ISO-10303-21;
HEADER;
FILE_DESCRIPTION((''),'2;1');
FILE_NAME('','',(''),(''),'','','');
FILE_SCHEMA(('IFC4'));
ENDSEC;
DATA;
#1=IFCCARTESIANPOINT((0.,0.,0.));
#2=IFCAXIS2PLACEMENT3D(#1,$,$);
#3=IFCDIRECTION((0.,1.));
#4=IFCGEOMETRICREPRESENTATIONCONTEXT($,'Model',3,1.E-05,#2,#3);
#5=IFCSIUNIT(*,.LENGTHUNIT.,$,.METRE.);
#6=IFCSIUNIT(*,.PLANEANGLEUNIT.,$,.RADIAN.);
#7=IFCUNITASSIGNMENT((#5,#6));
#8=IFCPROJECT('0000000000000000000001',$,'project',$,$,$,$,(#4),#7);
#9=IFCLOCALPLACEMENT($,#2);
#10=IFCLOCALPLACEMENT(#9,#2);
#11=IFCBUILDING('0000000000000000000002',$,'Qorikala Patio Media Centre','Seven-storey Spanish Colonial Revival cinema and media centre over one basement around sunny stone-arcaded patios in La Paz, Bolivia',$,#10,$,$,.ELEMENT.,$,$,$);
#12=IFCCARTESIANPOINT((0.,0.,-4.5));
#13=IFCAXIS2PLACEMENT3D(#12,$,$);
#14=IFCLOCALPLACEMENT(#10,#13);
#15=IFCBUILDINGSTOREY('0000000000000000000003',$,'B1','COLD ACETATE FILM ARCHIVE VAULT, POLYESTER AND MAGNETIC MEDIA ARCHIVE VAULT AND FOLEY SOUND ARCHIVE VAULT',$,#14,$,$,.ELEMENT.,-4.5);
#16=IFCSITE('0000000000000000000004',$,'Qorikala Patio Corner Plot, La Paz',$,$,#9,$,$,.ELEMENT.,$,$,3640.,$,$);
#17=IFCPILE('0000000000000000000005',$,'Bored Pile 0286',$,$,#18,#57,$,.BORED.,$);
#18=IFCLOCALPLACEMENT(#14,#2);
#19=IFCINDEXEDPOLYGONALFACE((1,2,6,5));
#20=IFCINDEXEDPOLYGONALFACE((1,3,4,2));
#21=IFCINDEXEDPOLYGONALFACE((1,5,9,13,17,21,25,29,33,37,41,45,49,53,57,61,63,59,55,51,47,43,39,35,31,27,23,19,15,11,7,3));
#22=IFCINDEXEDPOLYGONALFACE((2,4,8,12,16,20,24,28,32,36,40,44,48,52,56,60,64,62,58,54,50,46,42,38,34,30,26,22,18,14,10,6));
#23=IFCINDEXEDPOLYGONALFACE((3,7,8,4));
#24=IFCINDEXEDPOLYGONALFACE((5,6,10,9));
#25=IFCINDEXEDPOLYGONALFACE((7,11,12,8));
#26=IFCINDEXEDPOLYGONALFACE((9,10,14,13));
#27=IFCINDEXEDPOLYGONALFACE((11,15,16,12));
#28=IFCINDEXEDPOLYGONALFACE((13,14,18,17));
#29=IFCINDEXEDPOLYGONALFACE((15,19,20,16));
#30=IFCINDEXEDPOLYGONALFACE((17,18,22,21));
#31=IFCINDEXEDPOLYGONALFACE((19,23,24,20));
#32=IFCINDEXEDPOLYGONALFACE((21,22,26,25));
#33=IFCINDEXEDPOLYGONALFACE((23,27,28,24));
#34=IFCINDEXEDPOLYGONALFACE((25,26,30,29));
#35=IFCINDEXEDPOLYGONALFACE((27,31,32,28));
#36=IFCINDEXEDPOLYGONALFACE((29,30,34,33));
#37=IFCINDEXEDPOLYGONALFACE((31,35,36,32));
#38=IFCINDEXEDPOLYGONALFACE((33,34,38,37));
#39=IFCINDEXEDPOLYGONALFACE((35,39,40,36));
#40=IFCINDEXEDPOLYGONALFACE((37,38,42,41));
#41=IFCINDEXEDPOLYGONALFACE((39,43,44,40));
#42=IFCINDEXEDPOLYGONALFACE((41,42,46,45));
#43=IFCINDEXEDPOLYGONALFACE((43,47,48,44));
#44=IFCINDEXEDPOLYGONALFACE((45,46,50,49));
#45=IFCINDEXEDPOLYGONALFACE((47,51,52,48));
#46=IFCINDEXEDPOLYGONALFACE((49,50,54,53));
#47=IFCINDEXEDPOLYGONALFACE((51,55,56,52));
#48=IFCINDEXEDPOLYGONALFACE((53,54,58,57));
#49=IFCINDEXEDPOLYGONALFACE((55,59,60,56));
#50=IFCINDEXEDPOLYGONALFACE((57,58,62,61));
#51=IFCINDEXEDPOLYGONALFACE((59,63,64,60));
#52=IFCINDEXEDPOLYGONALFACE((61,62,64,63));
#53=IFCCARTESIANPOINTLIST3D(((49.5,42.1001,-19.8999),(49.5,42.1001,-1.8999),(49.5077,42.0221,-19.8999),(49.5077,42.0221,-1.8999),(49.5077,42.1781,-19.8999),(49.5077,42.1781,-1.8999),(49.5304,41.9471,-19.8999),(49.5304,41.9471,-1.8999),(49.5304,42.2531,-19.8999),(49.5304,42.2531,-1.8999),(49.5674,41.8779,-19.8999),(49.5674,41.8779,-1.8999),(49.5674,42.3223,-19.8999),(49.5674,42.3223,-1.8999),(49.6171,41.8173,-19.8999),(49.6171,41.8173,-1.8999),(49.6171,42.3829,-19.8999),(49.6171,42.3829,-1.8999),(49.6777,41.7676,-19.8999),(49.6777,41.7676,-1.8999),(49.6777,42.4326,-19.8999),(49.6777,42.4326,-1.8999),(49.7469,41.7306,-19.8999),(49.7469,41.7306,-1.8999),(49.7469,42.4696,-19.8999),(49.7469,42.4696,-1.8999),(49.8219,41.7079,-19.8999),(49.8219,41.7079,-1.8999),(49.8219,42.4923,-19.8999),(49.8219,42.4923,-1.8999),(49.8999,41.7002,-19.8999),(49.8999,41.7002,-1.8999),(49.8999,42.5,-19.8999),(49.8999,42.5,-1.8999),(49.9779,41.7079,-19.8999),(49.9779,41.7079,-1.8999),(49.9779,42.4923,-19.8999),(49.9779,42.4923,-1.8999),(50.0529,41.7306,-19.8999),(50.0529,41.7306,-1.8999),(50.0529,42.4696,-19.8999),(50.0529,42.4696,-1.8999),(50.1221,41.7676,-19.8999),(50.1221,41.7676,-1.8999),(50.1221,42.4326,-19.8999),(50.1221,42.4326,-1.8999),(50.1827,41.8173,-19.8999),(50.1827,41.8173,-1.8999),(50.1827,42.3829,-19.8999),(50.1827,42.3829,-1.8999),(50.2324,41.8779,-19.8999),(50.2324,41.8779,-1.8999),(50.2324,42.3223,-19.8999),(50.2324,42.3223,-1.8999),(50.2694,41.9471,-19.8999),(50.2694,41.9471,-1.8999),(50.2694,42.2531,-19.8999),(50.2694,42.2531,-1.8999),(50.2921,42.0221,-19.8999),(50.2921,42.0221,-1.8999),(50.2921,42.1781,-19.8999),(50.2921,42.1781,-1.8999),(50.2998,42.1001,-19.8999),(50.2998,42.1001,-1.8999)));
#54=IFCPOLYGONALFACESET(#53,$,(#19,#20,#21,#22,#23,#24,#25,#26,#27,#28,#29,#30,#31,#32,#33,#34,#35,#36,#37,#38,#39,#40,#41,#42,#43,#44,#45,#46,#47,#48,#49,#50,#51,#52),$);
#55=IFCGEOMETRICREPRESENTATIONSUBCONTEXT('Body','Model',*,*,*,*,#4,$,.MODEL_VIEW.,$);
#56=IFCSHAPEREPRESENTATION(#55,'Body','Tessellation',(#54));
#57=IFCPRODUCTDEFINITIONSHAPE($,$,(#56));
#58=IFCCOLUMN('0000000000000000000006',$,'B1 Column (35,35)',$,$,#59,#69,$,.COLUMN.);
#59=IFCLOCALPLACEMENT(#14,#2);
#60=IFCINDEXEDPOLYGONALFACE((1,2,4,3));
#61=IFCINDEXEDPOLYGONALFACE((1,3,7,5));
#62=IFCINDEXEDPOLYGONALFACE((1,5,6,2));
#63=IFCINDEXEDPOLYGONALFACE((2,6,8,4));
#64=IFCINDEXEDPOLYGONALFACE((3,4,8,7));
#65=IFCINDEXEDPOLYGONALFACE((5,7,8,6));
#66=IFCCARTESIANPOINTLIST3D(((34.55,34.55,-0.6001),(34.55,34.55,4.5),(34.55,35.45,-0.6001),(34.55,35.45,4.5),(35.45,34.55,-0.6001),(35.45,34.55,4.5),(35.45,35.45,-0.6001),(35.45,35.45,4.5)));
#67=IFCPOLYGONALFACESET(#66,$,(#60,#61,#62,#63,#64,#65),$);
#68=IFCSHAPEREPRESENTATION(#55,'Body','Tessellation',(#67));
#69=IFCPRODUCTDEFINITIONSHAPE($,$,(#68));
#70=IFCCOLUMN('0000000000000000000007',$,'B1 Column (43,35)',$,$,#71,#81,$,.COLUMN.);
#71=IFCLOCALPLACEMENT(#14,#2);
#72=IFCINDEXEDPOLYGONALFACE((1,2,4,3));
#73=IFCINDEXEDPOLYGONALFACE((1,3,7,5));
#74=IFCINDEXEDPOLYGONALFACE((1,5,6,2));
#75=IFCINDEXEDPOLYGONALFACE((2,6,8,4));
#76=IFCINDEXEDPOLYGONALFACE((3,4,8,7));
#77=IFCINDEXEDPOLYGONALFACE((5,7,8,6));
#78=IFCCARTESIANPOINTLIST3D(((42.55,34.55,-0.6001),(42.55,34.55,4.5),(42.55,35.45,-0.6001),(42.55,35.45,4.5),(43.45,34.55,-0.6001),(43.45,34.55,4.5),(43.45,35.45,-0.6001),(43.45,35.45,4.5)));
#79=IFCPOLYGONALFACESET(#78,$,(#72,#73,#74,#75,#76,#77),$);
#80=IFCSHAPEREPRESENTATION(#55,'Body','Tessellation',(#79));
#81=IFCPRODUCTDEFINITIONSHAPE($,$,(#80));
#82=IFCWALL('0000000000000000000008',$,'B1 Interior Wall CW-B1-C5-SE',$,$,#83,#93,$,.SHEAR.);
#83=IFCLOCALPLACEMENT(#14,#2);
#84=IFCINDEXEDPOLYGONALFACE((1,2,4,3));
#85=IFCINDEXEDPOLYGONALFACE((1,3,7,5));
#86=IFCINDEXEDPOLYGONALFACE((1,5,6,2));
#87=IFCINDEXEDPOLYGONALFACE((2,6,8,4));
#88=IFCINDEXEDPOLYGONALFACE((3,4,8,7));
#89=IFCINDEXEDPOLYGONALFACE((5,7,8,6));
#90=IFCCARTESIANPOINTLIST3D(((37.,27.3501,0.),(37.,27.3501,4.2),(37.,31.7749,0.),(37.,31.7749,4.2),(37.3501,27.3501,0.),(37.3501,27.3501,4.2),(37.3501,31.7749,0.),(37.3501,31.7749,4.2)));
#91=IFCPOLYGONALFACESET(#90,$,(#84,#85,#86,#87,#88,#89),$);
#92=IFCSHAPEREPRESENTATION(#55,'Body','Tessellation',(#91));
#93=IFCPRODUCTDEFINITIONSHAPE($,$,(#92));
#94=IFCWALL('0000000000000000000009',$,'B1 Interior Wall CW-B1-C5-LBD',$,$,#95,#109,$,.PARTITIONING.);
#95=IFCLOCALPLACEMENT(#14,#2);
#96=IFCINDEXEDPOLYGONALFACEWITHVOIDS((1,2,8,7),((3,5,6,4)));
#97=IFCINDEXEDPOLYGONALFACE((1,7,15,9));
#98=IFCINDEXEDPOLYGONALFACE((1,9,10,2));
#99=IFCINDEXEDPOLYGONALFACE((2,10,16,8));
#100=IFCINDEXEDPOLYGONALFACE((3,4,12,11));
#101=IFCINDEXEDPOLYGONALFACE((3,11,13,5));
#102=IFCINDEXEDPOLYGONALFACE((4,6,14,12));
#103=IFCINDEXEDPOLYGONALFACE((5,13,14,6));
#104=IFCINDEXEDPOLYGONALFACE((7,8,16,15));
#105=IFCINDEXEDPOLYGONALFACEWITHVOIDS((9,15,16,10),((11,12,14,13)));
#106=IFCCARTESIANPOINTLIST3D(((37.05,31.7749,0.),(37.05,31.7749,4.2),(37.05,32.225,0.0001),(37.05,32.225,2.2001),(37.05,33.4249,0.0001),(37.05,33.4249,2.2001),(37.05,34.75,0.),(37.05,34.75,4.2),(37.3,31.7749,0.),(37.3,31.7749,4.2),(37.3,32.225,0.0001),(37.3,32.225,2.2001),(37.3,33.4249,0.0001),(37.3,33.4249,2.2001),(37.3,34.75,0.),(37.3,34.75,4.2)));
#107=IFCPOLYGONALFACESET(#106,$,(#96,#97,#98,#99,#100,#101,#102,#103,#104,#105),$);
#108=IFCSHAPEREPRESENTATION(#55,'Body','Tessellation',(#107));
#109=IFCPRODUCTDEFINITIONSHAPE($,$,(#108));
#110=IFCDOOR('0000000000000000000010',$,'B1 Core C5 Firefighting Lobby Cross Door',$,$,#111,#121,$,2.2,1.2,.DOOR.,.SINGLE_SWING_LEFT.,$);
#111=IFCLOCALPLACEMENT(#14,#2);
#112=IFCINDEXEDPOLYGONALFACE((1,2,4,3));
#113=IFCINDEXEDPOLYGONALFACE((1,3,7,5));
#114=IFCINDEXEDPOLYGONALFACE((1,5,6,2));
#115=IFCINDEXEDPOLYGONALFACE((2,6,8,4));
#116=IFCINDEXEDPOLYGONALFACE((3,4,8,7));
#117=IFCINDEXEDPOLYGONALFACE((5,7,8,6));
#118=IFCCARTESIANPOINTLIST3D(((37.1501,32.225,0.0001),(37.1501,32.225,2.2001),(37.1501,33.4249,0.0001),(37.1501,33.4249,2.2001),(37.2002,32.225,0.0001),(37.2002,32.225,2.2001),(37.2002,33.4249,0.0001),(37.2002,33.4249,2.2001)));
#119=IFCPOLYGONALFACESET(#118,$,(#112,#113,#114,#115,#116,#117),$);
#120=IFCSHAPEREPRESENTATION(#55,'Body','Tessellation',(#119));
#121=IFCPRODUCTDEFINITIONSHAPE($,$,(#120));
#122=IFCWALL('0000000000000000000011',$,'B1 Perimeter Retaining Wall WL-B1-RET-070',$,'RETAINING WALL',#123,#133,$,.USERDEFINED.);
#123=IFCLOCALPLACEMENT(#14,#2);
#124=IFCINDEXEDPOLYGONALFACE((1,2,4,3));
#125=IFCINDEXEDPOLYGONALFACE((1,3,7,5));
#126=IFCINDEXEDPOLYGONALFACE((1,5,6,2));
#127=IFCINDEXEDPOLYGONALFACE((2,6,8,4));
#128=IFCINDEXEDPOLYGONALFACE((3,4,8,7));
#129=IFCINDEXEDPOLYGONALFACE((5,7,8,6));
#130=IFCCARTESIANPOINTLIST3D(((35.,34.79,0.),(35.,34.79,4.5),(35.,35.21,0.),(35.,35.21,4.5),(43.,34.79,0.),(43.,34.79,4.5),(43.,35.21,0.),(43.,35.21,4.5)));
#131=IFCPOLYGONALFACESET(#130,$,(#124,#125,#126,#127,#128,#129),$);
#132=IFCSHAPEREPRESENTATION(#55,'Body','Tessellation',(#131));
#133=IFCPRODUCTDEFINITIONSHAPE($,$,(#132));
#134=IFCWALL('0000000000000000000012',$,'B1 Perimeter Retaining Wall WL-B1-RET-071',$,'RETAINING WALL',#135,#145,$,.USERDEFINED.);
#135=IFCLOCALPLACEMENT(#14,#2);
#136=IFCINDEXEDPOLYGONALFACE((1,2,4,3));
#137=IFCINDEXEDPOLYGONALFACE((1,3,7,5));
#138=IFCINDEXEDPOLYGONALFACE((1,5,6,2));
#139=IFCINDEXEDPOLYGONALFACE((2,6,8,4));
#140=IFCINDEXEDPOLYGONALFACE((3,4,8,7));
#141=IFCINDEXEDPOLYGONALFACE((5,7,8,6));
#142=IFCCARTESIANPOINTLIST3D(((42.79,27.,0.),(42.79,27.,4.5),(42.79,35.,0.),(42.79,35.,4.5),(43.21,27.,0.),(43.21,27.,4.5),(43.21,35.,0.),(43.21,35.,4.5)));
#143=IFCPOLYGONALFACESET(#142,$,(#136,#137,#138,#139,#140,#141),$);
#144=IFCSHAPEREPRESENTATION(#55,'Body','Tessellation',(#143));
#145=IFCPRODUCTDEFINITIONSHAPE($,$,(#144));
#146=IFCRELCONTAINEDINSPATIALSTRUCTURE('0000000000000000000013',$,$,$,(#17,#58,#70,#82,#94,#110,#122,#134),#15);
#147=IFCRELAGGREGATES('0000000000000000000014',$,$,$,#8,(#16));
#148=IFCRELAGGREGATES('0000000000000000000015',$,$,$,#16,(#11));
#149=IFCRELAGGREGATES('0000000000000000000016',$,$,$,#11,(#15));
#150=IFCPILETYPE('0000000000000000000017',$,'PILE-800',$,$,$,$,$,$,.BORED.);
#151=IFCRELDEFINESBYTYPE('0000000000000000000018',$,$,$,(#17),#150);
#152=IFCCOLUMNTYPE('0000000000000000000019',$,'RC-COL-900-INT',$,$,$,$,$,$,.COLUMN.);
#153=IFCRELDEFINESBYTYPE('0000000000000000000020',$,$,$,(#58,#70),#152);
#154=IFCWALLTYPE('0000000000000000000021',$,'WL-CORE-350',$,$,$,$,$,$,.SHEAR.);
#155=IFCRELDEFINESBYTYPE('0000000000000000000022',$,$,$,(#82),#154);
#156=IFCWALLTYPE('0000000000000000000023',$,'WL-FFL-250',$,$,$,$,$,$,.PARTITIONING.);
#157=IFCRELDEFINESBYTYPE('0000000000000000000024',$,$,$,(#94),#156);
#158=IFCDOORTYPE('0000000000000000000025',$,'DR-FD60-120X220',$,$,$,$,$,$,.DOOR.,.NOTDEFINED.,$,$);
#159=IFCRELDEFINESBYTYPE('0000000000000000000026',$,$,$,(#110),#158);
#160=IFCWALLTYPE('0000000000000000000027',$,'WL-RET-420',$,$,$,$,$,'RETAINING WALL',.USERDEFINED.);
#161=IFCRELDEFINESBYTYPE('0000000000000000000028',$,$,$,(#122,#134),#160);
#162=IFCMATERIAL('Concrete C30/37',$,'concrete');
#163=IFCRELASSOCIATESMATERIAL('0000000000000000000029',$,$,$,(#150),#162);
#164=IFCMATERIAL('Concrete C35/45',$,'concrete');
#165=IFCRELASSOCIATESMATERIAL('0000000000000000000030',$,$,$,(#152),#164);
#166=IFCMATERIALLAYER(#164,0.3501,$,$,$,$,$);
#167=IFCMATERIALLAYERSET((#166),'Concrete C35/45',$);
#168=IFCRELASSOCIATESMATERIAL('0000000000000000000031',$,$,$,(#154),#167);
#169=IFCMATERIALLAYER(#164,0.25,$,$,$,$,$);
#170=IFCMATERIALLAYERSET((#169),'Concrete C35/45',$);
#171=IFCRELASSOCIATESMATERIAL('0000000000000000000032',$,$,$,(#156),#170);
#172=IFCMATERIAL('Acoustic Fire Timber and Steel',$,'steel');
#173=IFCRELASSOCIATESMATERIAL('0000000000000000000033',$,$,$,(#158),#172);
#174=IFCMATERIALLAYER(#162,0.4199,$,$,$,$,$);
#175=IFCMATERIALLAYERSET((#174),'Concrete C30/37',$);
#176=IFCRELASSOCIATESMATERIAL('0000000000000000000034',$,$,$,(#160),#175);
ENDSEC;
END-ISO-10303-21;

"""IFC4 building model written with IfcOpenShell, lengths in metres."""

from ifc_helpers import new_model, si_unit, direction, frame, frame_2d, origin, origin_2d, place, context, subcontext, project, spatial, rectangle, circle, extrude, material, layer, layer_set, material_profile, profile_set, type_object, element, fill, save


model = new_model("IFC4")

# Units and contexts
model_context = context("Model", 3, precision=1e-05, world=origin(), true_north=direction((0.0, 1.0)))
body_context = subcontext(model_context, "Body", "Model", "MODEL_VIEW")
ifc_project = project(units=[si_unit("LENGTHUNIT", "METRE"), si_unit("PLANEANGLEUNIT", "RADIAN")], contexts=[model_context])

# Site, building, storey
site_placement = place(None, origin())
site = spatial("IfcSite", under=ifc_project, at=site_placement, Name="Qorikala Patio Corner Plot, La Paz", CompositionType="ELEMENT", RefElevation=3640.0)
building_placement = place(site_placement, origin())
building = spatial("IfcBuilding", under=site, at=building_placement, Name="Qorikala Patio Media Centre", Description="Seven-storey Spanish Colonial Revival cinema and media centre over one basement around sunny stone-arcaded patios in La Paz, Bolivia", CompositionType="ELEMENT")
storey_placement = place(building_placement, frame((0.0, 0.0, -4.5)))
storey = spatial("IfcBuildingStorey", under=building, at=storey_placement, Name="B1", Description="COLD ACETATE FILM ARCHIVE VAULT, POLYESTER AND MAGNETIC MEDIA ARCHIVE VAULT AND FOLEY SOUND ARCHIVE VAULT", CompositionType="ELEMENT", Elevation=-4.5)

# Shared definitions
ifc_material_1 = material(Name="Concrete C30/37", Category="concrete")

# Pile
ifc_material_profile_1 = material_profile(ifc_material_1, circle(Radius=0.3999, at=origin_2d()), Name="BORED PILE 800")
ifc_profile_set_1 = profile_set([ifc_material_profile_1], Name="Concrete C30/37")
pile_type_1 = type_object("IfcPileType", Name="PILE-800", PredefinedType="BORED", material=ifc_profile_set_1)
for number, where, z_axis, x_axis, name in (
    (1, (49.8999, 42.1001, -1.8999), (0.0, 0.0, -1.0), (1.0, 0.0, 0.0), "Bored Pile 0286"),
):
    element("IfcPile", number, at=place(storey_placement, frame(where, z_axis=z_axis, x_axis=x_axis)), inside=storey, type_object=pile_type_1, Name=name, PredefinedType="BORED", context=body_context, shape_type="SweptSolid", body=[
        extrude(circle(Radius=0.3999, at=origin_2d()), origin(), (0.0, 0.0, 1.0), 18.0),
    ])

# Columns
ifc_material_2 = material(Name="Concrete C35/45", Category="concrete")
ifc_material_profile_2 = material_profile(ifc_material_2, rectangle(XDim=0.8999, YDim=0.8999, at=origin_2d()), Name="RC 900x900")
ifc_profile_set_2 = profile_set([ifc_material_profile_2], Name="Concrete C35/45")
column_type = type_object("IfcColumnType", Name="RC-COL-900-INT", PredefinedType="COLUMN", material=ifc_profile_set_2)
for number, where, z_axis, x_axis, name in (
    (2, (35.0, 35.0, -0.6001), (0.0, 0.0, 1.0), (1.0, 0.0, 0.0), "B1 Column (35,35)"),
    (3, (43.0, 35.0, -0.6001), (0.0, 0.0, 1.0), (1.0, 0.0, 0.0), "B1 Column (43,35)"),
):
    element("IfcColumn", number, at=place(storey_placement, frame(where, z_axis=z_axis, x_axis=x_axis)), inside=storey, type_object=column_type, Name=name, PredefinedType="COLUMN", context=body_context, shape_type="SweptSolid", body=[
        extrude(rectangle(XDim=0.8999, YDim=0.8999, at=origin_2d()), origin(), (0.0, 0.0, 1.0), 5.1001),
    ])

# Wall
ifc_layer_1 = layer(ifc_material_2, 0.3501)
ifc_layer_set_1 = layer_set([ifc_layer_1], Name="Concrete C35/45")
wall_type_1 = type_object("IfcWallType", Name="WL-CORE-350", PredefinedType="SHEAR", material=ifc_layer_set_1)
wall_1_placement = place(storey_placement, frame((37.175, 27.3501, 0.0), z_axis=(0.0, 0.0, 1.0), x_axis=(0.0, 1.0, 0.0)))
element("IfcWall", 4, at=wall_1_placement, inside=storey, type_object=wall_type_1, Name="B1 Interior Wall CW-B1-C5-SE", PredefinedType="SHEAR", context=body_context, shape_type="SweptSolid", body=[
    extrude(rectangle(XDim=4.4248, YDim=0.3501, at=frame_2d((2.2124, 0.0))), origin(), (0.0, 0.0, 1.0), 4.2),
])

# Wall, opening, door
ifc_layer_2 = layer(ifc_material_2, 0.25)
ifc_layer_set_2 = layer_set([ifc_layer_2], Name="Concrete C35/45")
wall_type_2 = type_object("IfcWallType", Name="WL-FFL-250", PredefinedType="PARTITIONING", material=ifc_layer_set_2)
wall_2_placement = place(storey_placement, frame((37.175, 31.7749, 0.0), z_axis=(0.0, 0.0, 1.0), x_axis=(0.0, 1.0, 0.0)))
wall_2 = element("IfcWall", 5, at=wall_2_placement, inside=storey, type_object=wall_type_2, Name="B1 Interior Wall CW-B1-C5-LBD", PredefinedType="PARTITIONING", context=body_context, shape_type="SweptSolid", body=[
    extrude(rectangle(XDim=2.9751, YDim=0.25, at=frame_2d((1.4875, 0.0))), origin(), (0.0, 0.0, 1.0), 4.2),
])
opening_placement = place(wall_2_placement, frame((0.45, 0.0, 0.0)))
opening = element("IfcOpeningElement", 6, at=opening_placement, cuts=wall_2, PredefinedType="OPENING", context=body_context, shape_type="SweptSolid", body=[
    extrude(rectangle(XDim=1.2, YDim=2.2, at=frame_2d((0.6001, 1.1001))), frame((0.0, 0.135, 0.0), z_axis=(0.0, -1.0, 0.0), x_axis=(1.0, 0.0, 0.0)), (0.0, 0.0, 1.0), 0.27),
])
ifc_material_3 = material(Name="Acoustic Fire Timber and Steel", Category="steel")
door_type = type_object("IfcDoorType", Name="DR-FD60-120X220", OperationType="NOTDEFINED", PredefinedType="DOOR", material=ifc_material_3)
door_placement = place(opening_placement, origin())
door = element("IfcDoor", 7, at=door_placement, inside=storey, type_object=door_type, Name="B1 Core C5 Firefighting Lobby Cross Door", OperationType="SINGLE_SWING_LEFT", OverallHeight=2.2, OverallWidth=1.2, PredefinedType="DOOR", context=body_context, shape_type="SweptSolid", body=[
    extrude(rectangle(XDim=1.2, YDim=2.2, at=frame_2d((0.6001, 1.1001))), frame((0.0, 0.0249, 0.0), z_axis=(0.0, -1.0, 0.0), x_axis=(1.0, 0.0, 0.0)), (0.0, 0.0, 1.0), 0.05),
])
fill(opening, door)

# Walls
ifc_layer_3 = layer(ifc_material_1, 0.4199)
ifc_layer_set_3 = layer_set([ifc_layer_3], Name="Concrete C30/37")
wall_type_3 = type_object("IfcWallType", Name="WL-RET-420", ElementType="RETAINING WALL", PredefinedType="USERDEFINED", material=ifc_layer_set_3)
for number, where, z_axis, x_axis, name in (
    (8, (35.0, 35.0, 0.0), (0.0, 0.0, 1.0), (1.0, 0.0, 0.0), "B1 Perimeter Retaining Wall WL-B1-RET-070"),
    (9, (43.0, 35.0, 0.0), (0.0, 0.0, 1.0), (0.0, -1.0, 0.0), "B1 Perimeter Retaining Wall WL-B1-RET-071"),
):
    element("IfcWall", number, at=place(storey_placement, frame(where, z_axis=z_axis, x_axis=x_axis)), inside=storey, type_object=wall_type_3, Name=name, ObjectType="RETAINING WALL", PredefinedType="USERDEFINED", context=body_context, shape_type="SweptSolid", body=[
        extrude(rectangle(XDim=8.0, YDim=0.4199, at=frame_2d((4.0, 0.0))), origin(), (0.0, 0.0, 1.0), 4.5),
    ])

save(model, "model.ifc")
